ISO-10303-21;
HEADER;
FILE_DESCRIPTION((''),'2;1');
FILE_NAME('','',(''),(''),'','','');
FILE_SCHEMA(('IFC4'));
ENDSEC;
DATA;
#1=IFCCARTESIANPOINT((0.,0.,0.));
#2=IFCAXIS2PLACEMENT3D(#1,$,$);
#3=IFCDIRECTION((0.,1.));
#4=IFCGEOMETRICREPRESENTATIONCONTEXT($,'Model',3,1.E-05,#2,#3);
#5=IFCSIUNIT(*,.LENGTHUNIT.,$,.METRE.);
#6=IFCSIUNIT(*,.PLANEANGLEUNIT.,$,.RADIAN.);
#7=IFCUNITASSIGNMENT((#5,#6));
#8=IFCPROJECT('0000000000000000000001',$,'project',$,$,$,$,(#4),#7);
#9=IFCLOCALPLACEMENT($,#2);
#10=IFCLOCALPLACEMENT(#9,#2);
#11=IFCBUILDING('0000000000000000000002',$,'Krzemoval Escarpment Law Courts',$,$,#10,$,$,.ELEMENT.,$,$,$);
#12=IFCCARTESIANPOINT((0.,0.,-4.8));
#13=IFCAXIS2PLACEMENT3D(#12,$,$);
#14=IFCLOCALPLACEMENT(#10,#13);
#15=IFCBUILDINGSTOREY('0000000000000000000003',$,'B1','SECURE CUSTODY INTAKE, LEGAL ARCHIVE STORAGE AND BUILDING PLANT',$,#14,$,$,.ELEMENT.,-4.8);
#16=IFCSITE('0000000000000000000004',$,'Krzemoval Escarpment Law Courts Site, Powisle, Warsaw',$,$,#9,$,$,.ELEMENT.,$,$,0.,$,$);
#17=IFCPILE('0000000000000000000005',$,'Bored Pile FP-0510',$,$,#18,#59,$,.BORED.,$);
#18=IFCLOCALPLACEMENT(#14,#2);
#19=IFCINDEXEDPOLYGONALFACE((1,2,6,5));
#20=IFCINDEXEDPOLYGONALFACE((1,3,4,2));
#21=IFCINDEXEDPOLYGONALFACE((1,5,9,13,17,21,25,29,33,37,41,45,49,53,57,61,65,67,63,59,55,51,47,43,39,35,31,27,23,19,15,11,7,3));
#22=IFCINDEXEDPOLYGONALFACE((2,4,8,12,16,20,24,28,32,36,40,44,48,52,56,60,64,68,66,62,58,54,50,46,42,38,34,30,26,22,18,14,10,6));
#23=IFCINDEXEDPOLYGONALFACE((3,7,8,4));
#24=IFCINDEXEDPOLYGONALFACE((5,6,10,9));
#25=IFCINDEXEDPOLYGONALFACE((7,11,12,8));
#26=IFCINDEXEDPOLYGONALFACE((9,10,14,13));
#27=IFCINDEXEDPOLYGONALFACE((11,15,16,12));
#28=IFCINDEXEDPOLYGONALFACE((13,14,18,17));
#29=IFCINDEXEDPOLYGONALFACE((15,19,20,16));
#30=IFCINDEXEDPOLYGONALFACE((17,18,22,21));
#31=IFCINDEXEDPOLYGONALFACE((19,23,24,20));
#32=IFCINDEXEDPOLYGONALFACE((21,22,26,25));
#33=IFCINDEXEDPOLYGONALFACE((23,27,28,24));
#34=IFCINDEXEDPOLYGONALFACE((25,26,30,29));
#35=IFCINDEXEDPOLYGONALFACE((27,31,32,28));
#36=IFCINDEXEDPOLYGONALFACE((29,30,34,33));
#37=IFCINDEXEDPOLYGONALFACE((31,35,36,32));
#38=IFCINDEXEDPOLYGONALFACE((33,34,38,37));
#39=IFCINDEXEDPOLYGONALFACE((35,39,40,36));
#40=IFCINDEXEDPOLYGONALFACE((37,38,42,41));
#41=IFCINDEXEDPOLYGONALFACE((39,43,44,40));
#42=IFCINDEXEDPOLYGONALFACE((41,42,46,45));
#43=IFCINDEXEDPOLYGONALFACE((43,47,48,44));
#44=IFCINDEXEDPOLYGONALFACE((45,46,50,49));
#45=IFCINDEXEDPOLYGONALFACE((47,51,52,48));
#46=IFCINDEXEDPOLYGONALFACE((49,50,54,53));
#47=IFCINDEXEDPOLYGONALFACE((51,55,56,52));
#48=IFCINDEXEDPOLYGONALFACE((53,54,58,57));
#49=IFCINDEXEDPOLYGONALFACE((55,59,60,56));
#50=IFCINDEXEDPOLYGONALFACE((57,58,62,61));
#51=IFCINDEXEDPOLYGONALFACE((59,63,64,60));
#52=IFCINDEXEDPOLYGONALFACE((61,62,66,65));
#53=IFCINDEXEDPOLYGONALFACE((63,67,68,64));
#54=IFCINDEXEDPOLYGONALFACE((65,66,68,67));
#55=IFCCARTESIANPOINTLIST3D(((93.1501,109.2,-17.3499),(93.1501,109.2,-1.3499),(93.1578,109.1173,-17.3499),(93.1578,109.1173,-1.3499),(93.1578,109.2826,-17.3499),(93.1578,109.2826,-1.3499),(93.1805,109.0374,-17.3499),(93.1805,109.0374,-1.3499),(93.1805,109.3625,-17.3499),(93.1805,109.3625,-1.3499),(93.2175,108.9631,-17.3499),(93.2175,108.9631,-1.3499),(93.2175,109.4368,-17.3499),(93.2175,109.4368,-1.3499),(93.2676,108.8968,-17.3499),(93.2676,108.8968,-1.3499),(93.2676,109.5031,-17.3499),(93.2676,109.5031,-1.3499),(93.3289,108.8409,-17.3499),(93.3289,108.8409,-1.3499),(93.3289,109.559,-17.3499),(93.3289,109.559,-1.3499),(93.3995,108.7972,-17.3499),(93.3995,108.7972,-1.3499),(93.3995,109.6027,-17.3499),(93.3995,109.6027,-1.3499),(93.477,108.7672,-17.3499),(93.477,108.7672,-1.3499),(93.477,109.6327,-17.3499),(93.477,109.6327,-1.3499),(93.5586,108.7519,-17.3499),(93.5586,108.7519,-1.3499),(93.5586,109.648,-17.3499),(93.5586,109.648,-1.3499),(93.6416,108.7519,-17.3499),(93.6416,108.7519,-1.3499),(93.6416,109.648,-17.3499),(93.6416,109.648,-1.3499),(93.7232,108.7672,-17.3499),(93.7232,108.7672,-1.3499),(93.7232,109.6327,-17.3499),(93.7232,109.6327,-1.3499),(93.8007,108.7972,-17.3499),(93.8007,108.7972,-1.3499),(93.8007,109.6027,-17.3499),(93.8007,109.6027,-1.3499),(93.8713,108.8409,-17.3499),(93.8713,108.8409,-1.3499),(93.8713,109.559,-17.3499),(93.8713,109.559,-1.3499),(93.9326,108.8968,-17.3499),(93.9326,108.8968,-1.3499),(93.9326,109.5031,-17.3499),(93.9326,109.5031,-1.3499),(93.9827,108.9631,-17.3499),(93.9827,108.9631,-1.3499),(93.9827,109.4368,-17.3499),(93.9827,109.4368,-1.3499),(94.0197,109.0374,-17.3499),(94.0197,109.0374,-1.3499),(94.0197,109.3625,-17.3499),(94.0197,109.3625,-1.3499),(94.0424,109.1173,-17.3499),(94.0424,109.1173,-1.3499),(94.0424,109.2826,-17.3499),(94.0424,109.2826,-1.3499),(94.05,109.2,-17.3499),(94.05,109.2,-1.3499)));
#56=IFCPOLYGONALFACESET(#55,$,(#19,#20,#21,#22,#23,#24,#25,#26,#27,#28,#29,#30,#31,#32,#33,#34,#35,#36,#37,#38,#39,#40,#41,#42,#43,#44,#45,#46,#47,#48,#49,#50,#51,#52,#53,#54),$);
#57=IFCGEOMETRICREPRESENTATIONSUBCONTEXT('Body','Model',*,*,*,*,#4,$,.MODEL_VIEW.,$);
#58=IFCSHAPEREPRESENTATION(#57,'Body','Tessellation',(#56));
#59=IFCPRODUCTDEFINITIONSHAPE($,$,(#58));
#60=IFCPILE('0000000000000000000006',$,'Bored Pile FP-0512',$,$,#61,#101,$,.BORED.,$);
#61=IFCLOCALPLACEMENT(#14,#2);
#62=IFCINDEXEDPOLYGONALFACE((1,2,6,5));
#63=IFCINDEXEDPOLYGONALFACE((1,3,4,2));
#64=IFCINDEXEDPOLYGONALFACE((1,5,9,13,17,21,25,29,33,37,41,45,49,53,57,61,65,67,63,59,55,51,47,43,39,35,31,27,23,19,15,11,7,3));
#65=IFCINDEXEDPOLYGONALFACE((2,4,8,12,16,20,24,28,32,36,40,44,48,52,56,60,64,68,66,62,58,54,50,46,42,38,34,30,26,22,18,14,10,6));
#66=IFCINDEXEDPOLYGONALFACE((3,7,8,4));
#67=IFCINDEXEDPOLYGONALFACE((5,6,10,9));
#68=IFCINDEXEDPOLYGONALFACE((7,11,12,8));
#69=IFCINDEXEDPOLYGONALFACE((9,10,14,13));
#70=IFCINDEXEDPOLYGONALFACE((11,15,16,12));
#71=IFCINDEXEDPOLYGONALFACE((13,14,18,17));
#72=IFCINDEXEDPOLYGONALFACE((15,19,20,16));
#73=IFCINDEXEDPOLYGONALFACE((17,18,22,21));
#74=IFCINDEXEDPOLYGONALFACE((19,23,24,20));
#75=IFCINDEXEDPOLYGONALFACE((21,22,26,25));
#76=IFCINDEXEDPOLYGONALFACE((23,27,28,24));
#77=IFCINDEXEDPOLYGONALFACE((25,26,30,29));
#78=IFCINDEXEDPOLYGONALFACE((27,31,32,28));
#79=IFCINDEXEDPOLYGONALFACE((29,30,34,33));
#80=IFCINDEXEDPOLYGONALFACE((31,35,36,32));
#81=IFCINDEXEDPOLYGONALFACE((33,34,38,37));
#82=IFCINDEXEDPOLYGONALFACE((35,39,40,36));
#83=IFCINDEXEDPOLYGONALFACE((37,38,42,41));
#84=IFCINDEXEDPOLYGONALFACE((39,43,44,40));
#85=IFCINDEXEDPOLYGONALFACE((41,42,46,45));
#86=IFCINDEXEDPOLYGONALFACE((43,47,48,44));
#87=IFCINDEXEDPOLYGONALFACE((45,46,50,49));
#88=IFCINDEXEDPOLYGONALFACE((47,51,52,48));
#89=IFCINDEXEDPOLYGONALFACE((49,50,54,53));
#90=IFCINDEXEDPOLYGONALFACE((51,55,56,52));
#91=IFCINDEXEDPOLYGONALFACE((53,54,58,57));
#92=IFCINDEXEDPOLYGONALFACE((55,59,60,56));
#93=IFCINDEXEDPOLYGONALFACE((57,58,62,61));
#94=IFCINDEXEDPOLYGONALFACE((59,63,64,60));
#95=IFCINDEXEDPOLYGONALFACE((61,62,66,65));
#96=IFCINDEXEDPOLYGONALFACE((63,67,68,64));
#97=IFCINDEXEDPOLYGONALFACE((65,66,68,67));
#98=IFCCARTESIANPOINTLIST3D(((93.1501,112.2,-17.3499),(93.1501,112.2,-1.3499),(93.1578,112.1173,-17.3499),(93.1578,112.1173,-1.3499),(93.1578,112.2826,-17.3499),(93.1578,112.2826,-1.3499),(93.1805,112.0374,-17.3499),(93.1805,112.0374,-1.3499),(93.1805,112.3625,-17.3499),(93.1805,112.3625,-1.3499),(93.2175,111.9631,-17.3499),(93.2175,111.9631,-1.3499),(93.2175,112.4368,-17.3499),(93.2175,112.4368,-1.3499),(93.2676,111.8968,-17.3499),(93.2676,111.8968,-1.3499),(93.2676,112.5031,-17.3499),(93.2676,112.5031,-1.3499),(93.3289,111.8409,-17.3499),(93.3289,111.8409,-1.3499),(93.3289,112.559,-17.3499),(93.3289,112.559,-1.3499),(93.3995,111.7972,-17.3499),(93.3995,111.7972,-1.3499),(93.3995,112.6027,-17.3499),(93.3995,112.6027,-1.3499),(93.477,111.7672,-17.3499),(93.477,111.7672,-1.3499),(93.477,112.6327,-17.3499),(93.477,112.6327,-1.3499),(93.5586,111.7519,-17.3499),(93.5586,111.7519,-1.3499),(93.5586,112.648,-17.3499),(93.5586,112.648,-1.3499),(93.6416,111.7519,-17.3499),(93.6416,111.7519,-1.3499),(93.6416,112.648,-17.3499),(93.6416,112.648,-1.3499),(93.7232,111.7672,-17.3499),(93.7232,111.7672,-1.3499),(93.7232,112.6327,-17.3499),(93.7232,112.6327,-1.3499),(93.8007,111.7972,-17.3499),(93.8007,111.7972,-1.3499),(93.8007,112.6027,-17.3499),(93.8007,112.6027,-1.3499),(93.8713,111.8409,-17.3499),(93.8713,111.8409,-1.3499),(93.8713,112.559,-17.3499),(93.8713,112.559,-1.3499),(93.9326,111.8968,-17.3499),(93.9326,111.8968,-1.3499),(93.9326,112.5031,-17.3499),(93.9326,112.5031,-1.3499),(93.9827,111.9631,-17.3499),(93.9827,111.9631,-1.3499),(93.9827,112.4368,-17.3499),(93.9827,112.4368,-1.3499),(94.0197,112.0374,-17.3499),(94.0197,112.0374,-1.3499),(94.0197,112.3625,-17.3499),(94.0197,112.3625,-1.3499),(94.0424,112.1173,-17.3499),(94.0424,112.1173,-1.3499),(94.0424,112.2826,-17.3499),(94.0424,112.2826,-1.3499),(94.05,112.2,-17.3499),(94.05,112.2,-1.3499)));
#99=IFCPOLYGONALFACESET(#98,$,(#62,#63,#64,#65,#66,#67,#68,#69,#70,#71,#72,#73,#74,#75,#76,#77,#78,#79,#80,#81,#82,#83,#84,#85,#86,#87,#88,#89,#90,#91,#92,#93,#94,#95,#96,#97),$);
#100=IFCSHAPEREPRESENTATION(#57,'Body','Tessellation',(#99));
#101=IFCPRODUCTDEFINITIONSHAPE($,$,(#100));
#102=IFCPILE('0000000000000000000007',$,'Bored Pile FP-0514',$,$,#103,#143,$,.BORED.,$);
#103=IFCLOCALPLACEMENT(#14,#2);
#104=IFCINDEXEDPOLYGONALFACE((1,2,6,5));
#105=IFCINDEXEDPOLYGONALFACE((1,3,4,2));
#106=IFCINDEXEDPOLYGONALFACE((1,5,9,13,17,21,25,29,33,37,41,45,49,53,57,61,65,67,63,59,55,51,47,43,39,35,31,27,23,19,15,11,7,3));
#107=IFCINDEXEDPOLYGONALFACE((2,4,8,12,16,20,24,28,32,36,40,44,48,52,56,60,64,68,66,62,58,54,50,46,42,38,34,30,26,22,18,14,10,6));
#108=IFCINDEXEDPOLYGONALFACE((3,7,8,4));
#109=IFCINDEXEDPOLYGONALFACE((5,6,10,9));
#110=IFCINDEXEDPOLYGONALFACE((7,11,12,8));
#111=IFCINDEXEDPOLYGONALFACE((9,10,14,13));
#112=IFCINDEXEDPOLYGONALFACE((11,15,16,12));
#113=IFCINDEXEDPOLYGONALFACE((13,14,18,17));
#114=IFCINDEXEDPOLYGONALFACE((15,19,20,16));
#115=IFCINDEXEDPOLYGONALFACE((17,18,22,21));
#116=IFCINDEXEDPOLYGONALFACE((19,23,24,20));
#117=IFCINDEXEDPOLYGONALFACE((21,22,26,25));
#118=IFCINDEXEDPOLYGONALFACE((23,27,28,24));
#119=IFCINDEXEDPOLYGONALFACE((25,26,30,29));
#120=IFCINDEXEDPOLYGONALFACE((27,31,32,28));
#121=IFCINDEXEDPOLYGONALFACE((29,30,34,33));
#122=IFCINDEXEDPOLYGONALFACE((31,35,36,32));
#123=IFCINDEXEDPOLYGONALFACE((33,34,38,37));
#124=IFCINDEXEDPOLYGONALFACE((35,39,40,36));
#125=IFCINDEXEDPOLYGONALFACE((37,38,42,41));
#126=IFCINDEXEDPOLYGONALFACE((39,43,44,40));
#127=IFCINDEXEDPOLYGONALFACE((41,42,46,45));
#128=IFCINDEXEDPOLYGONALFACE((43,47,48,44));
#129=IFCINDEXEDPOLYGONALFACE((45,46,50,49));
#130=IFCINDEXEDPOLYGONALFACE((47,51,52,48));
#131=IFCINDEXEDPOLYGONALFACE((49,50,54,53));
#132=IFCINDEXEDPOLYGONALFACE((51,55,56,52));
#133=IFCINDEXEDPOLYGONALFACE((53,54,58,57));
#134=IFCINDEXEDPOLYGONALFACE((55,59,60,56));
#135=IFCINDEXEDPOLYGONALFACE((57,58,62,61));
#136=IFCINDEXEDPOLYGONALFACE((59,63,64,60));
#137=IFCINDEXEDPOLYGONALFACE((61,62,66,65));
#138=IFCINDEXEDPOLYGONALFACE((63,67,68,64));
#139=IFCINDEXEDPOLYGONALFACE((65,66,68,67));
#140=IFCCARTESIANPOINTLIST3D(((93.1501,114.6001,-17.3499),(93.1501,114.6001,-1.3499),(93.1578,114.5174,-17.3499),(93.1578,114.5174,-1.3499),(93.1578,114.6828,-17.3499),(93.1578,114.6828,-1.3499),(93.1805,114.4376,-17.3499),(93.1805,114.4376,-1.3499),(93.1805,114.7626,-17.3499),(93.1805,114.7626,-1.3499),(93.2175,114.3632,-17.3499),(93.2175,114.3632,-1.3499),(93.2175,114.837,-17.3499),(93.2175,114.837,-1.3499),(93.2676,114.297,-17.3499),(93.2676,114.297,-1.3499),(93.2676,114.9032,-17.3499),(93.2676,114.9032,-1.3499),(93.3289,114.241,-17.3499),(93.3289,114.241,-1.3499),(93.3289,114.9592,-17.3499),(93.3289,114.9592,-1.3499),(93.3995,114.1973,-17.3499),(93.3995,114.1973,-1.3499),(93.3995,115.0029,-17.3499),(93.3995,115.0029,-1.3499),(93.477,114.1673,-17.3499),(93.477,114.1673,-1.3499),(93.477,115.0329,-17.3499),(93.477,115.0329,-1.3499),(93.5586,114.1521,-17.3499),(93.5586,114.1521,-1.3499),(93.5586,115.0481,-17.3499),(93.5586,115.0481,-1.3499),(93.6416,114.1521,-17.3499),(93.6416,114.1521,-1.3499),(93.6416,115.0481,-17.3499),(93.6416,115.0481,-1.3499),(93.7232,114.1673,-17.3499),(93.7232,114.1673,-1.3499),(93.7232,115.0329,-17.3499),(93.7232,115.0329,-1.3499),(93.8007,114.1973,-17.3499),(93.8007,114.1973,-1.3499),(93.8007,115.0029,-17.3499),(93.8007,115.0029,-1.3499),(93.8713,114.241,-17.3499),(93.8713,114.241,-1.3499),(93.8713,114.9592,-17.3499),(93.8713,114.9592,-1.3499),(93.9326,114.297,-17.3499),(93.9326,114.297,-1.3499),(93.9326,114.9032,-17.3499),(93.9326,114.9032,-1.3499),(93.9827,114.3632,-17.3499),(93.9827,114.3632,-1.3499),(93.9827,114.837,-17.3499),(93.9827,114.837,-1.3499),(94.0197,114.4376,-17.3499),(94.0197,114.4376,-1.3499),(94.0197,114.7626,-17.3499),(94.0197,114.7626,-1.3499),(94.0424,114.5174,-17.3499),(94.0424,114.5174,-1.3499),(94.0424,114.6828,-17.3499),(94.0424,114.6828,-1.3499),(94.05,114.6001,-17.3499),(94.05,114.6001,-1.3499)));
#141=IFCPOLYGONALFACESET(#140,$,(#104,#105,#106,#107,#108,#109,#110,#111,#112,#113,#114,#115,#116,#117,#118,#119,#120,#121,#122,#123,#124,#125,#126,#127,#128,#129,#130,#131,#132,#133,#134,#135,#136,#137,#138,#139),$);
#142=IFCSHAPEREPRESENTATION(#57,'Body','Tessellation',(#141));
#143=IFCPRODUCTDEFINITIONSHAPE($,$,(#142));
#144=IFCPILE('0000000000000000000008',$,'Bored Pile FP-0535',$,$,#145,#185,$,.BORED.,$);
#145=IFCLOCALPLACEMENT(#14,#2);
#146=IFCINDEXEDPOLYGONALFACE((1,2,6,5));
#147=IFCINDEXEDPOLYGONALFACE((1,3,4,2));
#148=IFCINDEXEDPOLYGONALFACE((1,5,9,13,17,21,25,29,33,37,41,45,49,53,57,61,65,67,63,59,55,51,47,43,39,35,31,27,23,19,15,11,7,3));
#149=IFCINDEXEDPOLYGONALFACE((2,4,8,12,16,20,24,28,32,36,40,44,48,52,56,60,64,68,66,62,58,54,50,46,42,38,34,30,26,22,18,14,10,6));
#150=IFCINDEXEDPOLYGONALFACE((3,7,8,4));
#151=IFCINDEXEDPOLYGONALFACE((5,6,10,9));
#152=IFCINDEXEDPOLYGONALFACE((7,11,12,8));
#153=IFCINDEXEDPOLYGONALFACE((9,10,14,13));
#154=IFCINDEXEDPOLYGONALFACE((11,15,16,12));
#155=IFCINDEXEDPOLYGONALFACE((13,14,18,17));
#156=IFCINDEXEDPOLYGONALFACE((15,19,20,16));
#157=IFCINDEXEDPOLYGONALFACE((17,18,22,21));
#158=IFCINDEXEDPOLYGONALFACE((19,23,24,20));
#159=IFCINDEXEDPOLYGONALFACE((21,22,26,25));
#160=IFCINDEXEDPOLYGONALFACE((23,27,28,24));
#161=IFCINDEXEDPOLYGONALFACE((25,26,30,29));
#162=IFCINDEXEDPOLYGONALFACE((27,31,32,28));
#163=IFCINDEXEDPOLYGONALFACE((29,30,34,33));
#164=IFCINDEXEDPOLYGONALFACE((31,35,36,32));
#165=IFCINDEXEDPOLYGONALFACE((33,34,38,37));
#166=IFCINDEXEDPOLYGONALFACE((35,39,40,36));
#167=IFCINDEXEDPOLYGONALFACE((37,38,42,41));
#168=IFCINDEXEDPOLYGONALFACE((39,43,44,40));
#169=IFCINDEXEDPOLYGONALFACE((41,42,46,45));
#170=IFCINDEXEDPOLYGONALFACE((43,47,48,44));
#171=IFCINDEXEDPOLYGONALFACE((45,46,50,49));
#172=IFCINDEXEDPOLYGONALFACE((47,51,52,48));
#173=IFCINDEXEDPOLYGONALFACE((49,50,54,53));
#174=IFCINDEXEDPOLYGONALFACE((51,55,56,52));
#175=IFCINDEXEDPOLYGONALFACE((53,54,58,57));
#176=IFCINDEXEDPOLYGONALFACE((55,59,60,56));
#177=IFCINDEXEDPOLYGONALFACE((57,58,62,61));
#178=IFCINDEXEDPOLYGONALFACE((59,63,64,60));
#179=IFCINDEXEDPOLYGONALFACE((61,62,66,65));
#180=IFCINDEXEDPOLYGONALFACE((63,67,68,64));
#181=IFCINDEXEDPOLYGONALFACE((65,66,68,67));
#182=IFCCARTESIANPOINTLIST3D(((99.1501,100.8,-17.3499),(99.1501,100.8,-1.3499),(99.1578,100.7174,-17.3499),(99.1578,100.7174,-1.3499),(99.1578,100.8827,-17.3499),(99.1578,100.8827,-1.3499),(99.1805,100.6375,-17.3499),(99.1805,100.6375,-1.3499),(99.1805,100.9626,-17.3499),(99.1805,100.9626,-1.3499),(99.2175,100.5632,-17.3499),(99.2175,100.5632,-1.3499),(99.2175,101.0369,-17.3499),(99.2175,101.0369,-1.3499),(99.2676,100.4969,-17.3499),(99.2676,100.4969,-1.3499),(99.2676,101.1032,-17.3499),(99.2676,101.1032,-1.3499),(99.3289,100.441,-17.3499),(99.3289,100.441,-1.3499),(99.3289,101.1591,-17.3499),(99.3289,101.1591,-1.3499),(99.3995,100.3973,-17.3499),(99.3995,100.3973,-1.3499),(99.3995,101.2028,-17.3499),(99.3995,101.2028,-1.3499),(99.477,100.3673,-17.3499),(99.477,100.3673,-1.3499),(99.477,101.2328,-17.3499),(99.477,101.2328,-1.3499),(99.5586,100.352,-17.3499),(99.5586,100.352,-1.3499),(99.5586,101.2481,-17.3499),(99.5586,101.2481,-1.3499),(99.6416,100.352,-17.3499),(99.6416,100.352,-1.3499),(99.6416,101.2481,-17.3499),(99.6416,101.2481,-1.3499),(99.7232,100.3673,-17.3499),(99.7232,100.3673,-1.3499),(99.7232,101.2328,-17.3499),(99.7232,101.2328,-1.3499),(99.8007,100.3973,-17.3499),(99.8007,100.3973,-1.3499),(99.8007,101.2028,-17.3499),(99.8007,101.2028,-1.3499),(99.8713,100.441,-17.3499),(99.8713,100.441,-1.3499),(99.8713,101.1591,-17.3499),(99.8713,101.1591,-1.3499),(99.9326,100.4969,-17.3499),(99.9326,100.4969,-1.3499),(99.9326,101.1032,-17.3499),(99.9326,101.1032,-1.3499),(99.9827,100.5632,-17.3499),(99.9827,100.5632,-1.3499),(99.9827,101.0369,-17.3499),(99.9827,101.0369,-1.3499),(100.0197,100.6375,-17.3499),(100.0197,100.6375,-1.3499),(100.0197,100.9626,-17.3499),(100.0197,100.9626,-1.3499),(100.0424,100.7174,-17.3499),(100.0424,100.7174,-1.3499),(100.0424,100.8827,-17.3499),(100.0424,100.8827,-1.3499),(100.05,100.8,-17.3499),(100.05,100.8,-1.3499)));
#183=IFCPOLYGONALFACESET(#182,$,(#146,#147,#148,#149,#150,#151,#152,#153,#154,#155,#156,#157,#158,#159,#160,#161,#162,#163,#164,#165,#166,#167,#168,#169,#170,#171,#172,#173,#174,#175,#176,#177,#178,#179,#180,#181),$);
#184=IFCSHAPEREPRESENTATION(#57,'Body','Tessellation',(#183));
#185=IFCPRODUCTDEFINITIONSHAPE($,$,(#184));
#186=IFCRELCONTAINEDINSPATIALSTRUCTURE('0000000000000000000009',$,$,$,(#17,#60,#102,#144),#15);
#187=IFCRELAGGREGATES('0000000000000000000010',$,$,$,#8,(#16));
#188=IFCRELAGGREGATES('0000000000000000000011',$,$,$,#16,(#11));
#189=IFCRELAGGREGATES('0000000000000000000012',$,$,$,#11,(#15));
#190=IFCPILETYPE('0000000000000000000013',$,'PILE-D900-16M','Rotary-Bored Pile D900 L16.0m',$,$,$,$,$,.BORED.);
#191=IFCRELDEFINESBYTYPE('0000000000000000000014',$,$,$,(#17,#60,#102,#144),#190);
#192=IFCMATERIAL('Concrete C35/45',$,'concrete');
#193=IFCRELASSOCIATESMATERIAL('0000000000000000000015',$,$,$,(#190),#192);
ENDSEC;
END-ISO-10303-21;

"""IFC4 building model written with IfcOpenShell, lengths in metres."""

from ifc_helpers import new_model, si_unit, direction, frame, origin, origin_2d, place, context, subcontext, project, spatial, circle, extrude, material, material_profile, profile_set, type_object, element, save


model = new_model("IFC4")

# Units and contexts
model_context = context("Model", 3, precision=1e-05, world=origin(), true_north=direction((0.0, 1.0)))
body_context = subcontext(model_context, "Body", "Model", "MODEL_VIEW")
ifc_project = project(units=[si_unit("LENGTHUNIT", "METRE"), si_unit("PLANEANGLEUNIT", "RADIAN")], contexts=[model_context])

# Site, building, storey
site_placement = place(None, origin())
site = spatial("IfcSite", under=ifc_project, at=site_placement, Name="Krzemoval Escarpment Law Courts Site, Powisle, Warsaw", CompositionType="ELEMENT", RefElevation=0.0)
building_placement = place(site_placement, origin())
building = spatial("IfcBuilding", under=site, at=building_placement, Name="Krzemoval Escarpment Law Courts", CompositionType="ELEMENT")
storey_placement = place(building_placement, frame((0.0, 0.0, -4.8)))
storey = spatial("IfcBuildingStorey", under=building, at=storey_placement, Name="B1", Description="SECURE CUSTODY INTAKE, LEGAL ARCHIVE STORAGE AND BUILDING PLANT", CompositionType="ELEMENT", Elevation=-4.8)

# Piles
ifc_material_1 = material(Name="Concrete C35/45", Category="concrete")
ifc_material_profile_1 = material_profile(ifc_material_1, circle(Radius=0.45, at=origin_2d()), Name="PILE D900")
ifc_profile_set_1 = profile_set([ifc_material_profile_1], Name="Concrete C35/45")
pile_type = type_object("IfcPileType", Name="PILE-D900-16M", Description="Rotary-Bored Pile D900 L16.0m", PredefinedType="BORED", material=ifc_profile_set_1)
for number, where, z_axis, x_axis, name in (
    (1, (93.6001, 109.2, -1.3499), (0.0, 0.0, -1.0), (1.0, 0.0, 0.0), "Bored Pile FP-0510"),
    (2, (93.6001, 112.2, -1.3499), (0.0, 0.0, -1.0), (1.0, 0.0, 0.0), "Bored Pile FP-0512"),
    (3, (93.6001, 114.6001, -1.3499), (0.0, 0.0, -1.0), (1.0, 0.0, 0.0), "Bored Pile FP-0514"),
    (4, (99.6001, 100.8, -1.3499), (0.0, 0.0, -1.0), (1.0, 0.0, 0.0), "Bored Pile FP-0535"),
):
    element("IfcPile", number, at=place(storey_placement, frame(where, z_axis=z_axis, x_axis=x_axis)), inside=storey, type_object=pile_type, Name=name, PredefinedType="BORED", context=body_context, shape_type="SweptSolid", body=[
        extrude(circle(Radius=0.45, at=origin_2d()), origin(), (0.0, 0.0, 1.0), 16.0),
    ])

save(model, "model.ifc")
